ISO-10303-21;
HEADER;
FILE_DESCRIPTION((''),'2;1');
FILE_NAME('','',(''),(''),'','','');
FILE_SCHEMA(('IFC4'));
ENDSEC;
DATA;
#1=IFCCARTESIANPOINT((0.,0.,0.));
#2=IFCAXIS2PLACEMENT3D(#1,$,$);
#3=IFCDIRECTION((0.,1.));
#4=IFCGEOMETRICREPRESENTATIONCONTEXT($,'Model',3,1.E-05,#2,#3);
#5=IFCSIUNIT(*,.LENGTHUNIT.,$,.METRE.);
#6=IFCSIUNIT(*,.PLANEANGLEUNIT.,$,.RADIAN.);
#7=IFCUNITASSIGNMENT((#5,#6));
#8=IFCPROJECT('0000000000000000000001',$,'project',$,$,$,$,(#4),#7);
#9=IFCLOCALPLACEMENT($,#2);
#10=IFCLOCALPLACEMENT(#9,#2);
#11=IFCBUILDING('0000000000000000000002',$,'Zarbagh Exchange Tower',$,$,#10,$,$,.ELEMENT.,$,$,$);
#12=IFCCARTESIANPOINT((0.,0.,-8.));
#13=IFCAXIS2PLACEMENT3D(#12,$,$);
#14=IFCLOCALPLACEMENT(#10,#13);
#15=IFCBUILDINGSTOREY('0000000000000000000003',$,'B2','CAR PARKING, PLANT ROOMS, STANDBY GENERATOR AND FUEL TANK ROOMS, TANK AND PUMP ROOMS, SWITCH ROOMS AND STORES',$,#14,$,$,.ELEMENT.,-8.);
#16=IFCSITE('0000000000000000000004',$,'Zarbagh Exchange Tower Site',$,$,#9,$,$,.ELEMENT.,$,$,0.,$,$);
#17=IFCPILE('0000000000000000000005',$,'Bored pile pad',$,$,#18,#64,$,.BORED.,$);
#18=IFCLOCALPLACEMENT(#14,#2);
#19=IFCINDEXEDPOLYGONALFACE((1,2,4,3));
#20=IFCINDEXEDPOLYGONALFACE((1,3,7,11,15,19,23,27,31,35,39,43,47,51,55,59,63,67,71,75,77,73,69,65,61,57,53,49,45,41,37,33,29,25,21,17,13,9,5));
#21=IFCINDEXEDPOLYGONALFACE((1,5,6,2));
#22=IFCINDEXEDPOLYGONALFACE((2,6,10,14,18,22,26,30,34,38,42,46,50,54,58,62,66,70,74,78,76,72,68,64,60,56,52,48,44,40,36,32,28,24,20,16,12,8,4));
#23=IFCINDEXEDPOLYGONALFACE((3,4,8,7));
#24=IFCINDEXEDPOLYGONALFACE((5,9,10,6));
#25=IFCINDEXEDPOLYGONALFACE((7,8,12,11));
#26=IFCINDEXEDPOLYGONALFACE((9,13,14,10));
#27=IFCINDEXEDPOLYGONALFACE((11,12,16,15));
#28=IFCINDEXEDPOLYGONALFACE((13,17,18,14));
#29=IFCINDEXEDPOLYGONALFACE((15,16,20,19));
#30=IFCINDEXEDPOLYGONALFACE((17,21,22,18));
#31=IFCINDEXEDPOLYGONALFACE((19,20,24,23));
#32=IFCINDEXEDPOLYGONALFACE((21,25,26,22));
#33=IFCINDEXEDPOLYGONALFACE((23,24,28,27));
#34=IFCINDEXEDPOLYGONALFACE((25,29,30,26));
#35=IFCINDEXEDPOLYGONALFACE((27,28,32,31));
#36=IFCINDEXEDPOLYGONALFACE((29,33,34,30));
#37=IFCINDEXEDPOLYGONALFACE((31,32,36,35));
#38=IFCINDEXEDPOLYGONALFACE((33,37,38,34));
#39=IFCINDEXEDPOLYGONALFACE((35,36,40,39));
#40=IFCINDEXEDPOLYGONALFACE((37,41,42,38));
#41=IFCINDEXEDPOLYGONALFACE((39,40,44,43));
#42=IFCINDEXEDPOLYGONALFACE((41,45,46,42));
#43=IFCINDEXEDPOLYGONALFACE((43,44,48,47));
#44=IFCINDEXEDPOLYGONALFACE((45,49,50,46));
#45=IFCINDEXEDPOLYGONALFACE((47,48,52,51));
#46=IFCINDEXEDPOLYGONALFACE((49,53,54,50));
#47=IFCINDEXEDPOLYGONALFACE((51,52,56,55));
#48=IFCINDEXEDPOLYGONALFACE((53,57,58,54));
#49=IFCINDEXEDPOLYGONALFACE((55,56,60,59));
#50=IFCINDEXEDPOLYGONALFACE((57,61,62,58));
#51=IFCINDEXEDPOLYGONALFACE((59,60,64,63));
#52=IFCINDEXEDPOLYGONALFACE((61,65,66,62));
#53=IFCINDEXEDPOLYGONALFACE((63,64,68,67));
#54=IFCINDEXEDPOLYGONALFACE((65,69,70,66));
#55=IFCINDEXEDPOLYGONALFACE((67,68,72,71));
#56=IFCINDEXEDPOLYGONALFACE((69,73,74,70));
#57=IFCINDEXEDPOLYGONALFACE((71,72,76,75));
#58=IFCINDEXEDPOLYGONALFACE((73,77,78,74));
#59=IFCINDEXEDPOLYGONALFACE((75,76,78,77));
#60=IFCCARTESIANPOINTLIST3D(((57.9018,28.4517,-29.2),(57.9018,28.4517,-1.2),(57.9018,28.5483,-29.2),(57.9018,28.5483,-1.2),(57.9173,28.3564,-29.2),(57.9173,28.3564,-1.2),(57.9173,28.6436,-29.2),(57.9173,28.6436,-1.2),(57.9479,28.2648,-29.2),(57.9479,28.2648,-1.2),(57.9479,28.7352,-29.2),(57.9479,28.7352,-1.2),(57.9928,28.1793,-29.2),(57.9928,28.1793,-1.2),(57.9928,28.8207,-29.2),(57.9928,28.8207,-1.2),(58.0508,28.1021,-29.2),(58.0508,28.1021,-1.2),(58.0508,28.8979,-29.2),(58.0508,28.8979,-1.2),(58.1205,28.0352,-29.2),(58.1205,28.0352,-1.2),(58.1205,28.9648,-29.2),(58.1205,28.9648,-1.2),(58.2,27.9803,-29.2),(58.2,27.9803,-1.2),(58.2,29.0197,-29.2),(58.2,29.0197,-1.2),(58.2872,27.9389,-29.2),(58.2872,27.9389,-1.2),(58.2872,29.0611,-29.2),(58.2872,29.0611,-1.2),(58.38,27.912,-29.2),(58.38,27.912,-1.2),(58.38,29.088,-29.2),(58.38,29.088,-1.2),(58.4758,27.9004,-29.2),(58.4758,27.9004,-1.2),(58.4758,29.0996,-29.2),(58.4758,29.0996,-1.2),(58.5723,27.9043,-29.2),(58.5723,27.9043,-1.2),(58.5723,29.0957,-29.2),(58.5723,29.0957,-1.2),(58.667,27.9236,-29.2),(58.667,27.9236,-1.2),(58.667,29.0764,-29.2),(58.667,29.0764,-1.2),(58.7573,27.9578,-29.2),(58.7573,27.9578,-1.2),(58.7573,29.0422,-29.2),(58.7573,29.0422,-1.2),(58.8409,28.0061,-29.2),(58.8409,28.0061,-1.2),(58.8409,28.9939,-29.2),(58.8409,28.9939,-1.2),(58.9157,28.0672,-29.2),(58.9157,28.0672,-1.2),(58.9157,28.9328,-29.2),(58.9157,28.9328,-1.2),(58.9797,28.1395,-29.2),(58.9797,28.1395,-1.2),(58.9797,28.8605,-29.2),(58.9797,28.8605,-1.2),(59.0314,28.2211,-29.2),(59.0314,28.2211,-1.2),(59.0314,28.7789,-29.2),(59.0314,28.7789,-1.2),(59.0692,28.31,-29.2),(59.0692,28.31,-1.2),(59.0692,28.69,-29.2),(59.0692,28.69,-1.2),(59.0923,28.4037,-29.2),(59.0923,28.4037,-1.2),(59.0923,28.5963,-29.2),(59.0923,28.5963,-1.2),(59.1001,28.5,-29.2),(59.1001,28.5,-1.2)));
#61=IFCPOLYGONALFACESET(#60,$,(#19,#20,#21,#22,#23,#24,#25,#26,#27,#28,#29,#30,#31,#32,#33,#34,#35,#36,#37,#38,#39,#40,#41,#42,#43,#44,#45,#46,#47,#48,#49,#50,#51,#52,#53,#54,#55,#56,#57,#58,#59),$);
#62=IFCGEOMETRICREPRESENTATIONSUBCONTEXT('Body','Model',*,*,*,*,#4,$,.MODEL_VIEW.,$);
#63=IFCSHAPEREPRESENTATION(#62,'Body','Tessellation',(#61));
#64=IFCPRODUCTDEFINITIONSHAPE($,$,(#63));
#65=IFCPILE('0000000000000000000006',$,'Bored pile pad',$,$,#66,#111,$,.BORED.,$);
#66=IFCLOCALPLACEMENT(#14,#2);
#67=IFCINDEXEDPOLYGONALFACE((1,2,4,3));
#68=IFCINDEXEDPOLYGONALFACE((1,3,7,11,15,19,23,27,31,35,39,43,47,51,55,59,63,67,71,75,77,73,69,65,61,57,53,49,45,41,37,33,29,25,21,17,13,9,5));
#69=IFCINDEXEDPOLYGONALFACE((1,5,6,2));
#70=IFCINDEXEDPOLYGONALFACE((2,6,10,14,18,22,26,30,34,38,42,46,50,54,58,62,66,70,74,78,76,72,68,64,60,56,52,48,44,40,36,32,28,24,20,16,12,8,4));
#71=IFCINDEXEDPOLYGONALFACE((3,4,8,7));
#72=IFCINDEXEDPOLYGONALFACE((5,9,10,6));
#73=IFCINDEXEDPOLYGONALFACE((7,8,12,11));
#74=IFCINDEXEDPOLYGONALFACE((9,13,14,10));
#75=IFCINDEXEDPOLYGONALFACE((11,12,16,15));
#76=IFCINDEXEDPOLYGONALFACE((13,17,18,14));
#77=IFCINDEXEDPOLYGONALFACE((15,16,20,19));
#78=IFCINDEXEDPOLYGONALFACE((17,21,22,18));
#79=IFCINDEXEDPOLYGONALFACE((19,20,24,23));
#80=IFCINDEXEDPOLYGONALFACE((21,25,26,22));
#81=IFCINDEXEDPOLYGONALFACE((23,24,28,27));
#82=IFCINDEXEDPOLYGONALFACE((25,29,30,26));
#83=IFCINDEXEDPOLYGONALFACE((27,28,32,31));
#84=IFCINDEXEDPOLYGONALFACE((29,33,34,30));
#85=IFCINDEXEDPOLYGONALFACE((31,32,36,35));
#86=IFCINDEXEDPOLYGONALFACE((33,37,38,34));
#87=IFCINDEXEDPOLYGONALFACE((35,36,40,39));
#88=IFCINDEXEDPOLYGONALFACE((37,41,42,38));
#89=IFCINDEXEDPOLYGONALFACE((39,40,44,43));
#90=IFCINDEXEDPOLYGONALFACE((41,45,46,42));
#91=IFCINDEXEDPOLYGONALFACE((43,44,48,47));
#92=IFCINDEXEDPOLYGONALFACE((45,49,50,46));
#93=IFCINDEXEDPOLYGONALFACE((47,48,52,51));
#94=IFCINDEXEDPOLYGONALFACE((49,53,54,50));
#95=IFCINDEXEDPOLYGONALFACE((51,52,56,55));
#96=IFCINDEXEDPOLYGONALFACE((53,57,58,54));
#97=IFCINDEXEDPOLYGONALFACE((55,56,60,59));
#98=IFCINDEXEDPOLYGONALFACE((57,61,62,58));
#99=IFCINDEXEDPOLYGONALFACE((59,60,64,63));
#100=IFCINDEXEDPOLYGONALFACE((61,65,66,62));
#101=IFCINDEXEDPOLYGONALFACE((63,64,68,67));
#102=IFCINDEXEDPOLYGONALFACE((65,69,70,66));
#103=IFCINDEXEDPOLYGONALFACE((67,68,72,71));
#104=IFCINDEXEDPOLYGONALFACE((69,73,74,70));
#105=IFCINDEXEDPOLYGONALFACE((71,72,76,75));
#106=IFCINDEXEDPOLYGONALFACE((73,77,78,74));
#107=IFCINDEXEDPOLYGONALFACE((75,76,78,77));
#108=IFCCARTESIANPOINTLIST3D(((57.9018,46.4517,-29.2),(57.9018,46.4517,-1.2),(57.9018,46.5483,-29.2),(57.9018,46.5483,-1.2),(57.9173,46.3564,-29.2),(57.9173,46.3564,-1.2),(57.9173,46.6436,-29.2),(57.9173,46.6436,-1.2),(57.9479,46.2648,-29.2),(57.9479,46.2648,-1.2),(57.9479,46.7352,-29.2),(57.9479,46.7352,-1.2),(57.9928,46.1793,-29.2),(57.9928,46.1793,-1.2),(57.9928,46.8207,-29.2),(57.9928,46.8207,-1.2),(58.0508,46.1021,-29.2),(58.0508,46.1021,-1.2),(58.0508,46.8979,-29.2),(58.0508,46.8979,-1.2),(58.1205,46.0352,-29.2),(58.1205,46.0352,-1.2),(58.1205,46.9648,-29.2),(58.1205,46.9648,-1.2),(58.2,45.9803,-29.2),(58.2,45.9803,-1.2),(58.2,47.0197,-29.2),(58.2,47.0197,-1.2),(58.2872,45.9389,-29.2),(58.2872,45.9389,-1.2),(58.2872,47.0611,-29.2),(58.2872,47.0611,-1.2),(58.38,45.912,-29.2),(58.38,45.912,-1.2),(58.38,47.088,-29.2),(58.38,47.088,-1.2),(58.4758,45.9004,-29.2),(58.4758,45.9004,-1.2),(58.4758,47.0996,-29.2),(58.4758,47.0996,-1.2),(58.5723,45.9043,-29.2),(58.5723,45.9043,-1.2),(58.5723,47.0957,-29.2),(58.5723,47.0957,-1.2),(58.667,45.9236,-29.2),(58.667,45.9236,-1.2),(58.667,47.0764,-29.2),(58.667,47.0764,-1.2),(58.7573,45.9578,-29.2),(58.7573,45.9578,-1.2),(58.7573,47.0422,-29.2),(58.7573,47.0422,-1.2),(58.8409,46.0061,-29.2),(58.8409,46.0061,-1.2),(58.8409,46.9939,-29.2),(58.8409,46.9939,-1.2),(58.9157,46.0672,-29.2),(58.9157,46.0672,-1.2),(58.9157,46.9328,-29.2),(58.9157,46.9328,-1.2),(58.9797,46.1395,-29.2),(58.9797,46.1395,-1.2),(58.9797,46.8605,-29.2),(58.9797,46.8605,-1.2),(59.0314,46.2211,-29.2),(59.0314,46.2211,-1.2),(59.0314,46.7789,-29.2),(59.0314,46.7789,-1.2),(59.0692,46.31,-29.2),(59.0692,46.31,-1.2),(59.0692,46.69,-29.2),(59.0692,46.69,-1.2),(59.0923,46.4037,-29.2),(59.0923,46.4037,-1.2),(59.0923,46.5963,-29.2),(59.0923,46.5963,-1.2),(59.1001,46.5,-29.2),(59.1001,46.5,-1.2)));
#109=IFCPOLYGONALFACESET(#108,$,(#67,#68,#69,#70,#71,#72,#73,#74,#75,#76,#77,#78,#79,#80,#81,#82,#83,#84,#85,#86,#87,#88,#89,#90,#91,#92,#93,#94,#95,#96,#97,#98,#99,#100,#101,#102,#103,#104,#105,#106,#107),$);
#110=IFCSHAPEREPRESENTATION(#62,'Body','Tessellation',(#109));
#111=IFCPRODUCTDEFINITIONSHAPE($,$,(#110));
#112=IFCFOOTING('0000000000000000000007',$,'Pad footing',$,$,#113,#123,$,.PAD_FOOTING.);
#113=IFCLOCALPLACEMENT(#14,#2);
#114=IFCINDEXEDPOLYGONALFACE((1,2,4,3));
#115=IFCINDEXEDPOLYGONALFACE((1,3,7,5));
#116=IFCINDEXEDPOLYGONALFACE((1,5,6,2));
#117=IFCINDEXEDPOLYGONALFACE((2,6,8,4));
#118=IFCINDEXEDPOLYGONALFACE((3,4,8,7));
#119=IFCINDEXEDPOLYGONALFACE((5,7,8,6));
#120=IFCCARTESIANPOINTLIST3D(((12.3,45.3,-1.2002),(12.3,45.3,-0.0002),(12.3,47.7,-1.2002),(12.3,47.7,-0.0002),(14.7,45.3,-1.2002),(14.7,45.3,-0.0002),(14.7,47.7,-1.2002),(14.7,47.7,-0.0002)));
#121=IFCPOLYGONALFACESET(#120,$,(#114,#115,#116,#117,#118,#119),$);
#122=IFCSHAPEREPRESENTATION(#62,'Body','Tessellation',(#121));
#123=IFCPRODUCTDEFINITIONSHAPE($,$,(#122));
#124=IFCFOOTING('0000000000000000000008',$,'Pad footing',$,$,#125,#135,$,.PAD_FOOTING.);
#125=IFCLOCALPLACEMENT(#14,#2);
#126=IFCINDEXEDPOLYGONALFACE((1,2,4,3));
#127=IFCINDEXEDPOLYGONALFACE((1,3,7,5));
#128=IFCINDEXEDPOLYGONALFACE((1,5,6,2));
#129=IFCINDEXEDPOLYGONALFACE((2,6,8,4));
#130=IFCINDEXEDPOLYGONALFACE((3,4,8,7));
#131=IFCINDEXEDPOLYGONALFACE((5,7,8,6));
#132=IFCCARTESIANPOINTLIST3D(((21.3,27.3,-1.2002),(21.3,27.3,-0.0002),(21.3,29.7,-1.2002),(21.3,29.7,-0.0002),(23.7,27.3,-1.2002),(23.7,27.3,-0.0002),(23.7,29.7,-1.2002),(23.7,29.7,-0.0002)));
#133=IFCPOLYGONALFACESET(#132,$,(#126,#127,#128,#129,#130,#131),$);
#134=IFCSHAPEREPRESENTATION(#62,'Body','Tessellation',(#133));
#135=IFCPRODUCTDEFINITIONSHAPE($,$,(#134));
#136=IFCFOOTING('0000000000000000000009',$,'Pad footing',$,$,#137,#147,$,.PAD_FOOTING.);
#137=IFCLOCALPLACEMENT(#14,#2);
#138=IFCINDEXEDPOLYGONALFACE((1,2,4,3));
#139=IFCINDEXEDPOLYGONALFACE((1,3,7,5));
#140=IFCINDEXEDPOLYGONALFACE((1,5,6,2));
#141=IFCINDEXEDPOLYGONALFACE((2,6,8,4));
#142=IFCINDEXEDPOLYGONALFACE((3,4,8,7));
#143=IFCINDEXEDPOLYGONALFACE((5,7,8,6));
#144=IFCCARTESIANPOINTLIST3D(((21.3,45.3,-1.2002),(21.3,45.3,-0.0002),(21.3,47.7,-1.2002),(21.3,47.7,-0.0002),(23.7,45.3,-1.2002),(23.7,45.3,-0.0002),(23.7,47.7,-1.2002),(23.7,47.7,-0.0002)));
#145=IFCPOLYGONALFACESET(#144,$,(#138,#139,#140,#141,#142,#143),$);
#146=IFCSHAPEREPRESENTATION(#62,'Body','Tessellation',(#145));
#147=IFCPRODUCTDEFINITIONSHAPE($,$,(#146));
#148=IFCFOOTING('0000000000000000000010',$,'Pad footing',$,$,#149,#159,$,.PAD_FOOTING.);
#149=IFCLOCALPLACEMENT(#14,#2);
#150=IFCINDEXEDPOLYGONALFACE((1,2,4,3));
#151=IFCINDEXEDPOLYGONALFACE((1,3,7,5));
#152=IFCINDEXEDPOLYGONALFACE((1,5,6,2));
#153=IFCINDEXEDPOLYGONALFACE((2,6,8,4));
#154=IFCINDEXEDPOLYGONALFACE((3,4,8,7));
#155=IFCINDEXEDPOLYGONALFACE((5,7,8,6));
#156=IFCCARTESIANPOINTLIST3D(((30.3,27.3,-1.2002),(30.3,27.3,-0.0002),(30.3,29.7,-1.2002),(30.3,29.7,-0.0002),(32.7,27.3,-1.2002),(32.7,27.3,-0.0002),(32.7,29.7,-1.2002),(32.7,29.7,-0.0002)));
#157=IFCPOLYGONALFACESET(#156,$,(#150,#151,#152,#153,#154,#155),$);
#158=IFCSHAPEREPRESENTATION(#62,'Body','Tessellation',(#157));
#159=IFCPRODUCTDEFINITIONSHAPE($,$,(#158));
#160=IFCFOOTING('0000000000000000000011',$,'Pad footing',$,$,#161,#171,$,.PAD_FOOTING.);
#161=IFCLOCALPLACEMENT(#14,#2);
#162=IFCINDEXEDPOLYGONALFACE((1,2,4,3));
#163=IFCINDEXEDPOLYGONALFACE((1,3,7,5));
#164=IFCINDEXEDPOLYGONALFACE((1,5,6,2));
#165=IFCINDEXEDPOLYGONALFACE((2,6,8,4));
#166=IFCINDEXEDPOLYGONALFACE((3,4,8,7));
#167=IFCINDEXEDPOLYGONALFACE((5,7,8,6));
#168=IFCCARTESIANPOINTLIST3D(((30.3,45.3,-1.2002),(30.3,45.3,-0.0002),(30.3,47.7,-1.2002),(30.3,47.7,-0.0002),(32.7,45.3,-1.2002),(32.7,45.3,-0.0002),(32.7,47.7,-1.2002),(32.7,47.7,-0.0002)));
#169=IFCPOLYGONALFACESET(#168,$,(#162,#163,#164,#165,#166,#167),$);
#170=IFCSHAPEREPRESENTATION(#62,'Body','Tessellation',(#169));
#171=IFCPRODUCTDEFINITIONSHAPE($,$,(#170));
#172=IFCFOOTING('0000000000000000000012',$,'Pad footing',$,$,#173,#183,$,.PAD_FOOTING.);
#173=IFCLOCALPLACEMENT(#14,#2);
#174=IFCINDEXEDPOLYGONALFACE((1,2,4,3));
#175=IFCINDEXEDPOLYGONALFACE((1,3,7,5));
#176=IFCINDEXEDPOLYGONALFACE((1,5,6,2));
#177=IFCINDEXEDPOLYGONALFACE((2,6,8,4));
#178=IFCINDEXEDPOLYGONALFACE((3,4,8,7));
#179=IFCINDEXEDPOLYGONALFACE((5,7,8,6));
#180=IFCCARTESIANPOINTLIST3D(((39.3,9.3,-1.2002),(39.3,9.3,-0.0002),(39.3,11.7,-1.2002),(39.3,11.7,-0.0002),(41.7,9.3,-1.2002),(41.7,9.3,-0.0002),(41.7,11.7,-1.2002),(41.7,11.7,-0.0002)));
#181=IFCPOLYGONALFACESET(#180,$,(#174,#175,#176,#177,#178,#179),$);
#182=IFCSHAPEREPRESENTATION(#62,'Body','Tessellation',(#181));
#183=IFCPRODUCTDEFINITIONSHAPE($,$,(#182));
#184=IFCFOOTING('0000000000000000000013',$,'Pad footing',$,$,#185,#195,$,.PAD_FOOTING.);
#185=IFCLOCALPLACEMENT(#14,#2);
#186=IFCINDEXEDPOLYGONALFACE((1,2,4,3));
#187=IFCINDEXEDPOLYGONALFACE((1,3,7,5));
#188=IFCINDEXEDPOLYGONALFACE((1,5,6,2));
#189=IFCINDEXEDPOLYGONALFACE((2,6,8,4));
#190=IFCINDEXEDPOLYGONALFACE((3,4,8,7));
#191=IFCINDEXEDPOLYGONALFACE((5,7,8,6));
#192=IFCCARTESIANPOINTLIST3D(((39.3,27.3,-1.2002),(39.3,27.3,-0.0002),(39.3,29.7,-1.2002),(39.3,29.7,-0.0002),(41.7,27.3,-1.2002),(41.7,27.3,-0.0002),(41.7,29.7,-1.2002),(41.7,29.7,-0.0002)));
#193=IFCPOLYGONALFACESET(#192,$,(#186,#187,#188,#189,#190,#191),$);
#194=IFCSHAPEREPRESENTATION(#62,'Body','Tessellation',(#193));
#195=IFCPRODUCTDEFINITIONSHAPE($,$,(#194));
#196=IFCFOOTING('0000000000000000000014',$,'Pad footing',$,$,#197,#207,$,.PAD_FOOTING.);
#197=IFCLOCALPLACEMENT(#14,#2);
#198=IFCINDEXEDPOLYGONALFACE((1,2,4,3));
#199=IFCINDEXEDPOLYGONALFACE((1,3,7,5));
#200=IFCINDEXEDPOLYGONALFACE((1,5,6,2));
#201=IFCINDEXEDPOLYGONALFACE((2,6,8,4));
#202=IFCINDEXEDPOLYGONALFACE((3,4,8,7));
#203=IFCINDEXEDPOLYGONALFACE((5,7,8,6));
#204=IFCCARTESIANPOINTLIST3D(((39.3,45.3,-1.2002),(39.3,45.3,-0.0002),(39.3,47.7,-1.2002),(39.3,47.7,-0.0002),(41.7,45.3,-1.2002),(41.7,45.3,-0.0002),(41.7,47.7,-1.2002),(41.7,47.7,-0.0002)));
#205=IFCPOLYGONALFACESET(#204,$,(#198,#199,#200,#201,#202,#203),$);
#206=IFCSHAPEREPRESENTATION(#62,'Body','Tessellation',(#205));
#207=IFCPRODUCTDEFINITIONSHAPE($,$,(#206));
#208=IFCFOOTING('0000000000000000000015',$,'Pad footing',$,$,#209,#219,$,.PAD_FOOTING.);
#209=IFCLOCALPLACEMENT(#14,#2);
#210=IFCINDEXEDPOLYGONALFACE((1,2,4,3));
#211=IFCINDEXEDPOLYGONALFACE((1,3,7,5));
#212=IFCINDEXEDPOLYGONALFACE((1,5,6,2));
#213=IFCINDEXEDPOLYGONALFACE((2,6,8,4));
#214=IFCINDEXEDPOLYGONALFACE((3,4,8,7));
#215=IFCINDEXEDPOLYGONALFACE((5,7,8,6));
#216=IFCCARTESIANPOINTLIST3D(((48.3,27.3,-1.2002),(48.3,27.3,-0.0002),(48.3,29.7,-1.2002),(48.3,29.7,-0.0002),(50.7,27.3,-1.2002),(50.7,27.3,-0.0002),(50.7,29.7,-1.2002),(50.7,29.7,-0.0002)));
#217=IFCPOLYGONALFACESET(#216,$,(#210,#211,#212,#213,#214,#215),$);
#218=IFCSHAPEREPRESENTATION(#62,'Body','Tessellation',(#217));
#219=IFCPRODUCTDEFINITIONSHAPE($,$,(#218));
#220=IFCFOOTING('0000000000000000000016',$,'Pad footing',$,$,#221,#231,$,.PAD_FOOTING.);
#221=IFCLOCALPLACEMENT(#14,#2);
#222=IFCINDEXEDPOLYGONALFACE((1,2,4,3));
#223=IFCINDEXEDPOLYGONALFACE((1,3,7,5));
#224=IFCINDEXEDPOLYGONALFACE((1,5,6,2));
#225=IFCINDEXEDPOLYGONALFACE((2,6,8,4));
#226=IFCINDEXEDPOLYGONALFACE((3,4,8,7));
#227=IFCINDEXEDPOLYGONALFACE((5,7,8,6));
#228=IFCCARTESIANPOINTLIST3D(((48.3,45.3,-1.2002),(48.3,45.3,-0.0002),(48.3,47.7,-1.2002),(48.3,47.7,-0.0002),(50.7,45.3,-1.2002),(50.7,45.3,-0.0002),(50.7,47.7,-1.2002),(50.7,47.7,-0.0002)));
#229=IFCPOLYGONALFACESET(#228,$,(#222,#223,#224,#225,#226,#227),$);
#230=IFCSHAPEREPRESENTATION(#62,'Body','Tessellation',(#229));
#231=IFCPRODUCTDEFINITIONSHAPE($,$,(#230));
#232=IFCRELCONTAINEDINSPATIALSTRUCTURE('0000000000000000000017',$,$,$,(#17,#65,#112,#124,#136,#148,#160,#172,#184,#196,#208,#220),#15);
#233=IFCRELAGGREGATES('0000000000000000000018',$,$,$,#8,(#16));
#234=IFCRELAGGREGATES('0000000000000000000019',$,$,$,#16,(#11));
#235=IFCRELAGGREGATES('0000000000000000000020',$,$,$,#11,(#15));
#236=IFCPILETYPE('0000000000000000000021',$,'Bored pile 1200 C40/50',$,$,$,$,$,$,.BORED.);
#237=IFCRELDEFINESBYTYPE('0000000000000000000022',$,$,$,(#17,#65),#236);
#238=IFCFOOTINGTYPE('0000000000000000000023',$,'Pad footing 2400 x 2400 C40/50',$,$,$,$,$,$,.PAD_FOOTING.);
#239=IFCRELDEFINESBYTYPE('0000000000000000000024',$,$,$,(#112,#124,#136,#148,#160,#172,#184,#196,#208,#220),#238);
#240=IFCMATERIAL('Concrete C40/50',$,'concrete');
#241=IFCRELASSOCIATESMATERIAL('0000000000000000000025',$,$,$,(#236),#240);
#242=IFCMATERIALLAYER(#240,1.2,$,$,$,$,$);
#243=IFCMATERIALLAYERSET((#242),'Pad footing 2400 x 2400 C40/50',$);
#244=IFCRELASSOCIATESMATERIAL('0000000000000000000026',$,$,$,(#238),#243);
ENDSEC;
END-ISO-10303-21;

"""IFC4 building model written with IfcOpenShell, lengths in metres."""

from ifc_helpers import new_model, si_unit, direction, frame, origin, origin_2d, place, context, subcontext, project, spatial, rectangle, circle, extrude, material, layer, layer_set, material_profile, profile_set, type_object, element, save


model = new_model("IFC4")

# Units and contexts
model_context = context("Model", 3, precision=1e-05, world=origin(), true_north=direction((0.0, 1.0)))
body_context = subcontext(model_context, "Body", "Model", "MODEL_VIEW")
ifc_project = project(units=[si_unit("LENGTHUNIT", "METRE"), si_unit("PLANEANGLEUNIT", "RADIAN")], contexts=[model_context])

# Site, building, storey
site_placement = place(None, origin())
site = spatial("IfcSite", under=ifc_project, at=site_placement, Name="Zarbagh Exchange Tower Site", CompositionType="ELEMENT", RefElevation=0.0)
building_placement = place(site_placement, origin())
building = spatial("IfcBuilding", under=site, at=building_placement, Name="Zarbagh Exchange Tower", CompositionType="ELEMENT")
storey_placement = place(building_placement, frame((0.0, 0.0, -8.0)))
storey = spatial("IfcBuildingStorey", under=building, at=storey_placement, Name="B2", Description="CAR PARKING, PLANT ROOMS, STANDBY GENERATOR AND FUEL TANK ROOMS, TANK AND PUMP ROOMS, SWITCH ROOMS AND STORES", CompositionType="ELEMENT", Elevation=-8.0)

# Piles
ifc_material_1 = material(Name="Concrete C40/50", Category="concrete")
ifc_material_profile_1 = material_profile(ifc_material_1, circle(Radius=0.6001, at=origin_2d()), Name="Bored pile 1200 C40/50")
ifc_profile_set_1 = profile_set([ifc_material_profile_1], Name="Concrete C40/50")
pile_type = type_object("IfcPileType", Name="Bored pile 1200 C40/50", PredefinedType="BORED", material=ifc_profile_set_1)
for number, where, z_axis, x_axis, name in (
    (1, (58.5, 28.5, -1.2), (0.0, 0.0, -1.0), (1.0, 0.0, 0.0), "Bored pile pad"),
    (2, (58.5, 46.5, -1.2), (0.0, 0.0, -1.0), (1.0, 0.0, 0.0), "Bored pile pad"),
):
    element("IfcPile", number, at=place(storey_placement, frame(where, z_axis=z_axis, x_axis=x_axis)), inside=storey, type_object=pile_type, Name=name, PredefinedType="BORED", context=body_context, shape_type="SweptSolid", body=[
        extrude(circle(Radius=0.6001, at=origin_2d()), origin(), (0.0, 0.0, 1.0), 28.0),
    ])

# Footings
ifc_layer = layer(ifc_material_1, 1.2)
ifc_layer_set = layer_set([ifc_layer], Name="Pad footing 2400 x 2400 C40/50")
footing_type = type_object("IfcFootingType", Name="Pad footing 2400 x 2400 C40/50", PredefinedType="PAD_FOOTING", material=ifc_layer_set)
for number, where, z_axis, x_axis, name in (
    (3, (13.5, 46.5, -1.2002), (0.0, 0.0, 1.0), (1.0, 0.0, 0.0), "Pad footing"),
    (4, (22.5, 28.5, -1.2002), (0.0, 0.0, 1.0), (1.0, 0.0, 0.0), "Pad footing"),
    (5, (22.5, 46.5, -1.2002), (0.0, 0.0, 1.0), (1.0, 0.0, 0.0), "Pad footing"),
    (6, (31.5, 28.5, -1.2002), (0.0, 0.0, 1.0), (1.0, 0.0, 0.0), "Pad footing"),
    (7, (31.5, 46.5, -1.2002), (0.0, 0.0, 1.0), (1.0, 0.0, 0.0), "Pad footing"),
    (8, (40.5, 10.5, -1.2002), (0.0, 0.0, 1.0), (1.0, 0.0, 0.0), "Pad footing"),
    (9, (40.5, 28.5, -1.2002), (0.0, 0.0, 1.0), (1.0, 0.0, 0.0), "Pad footing"),
    (10, (40.5, 46.5, -1.2002), (0.0, 0.0, 1.0), (1.0, 0.0, 0.0), "Pad footing"),
    (11, (49.5, 28.5, -1.2002), (0.0, 0.0, 1.0), (1.0, 0.0, 0.0), "Pad footing"),
    (12, (49.5, 46.5, -1.2002), (0.0, 0.0, 1.0), (1.0, 0.0, 0.0), "Pad footing"),
):
    element("IfcFooting", number, at=place(storey_placement, frame(where, z_axis=z_axis, x_axis=x_axis)), inside=storey, type_object=footing_type, Name=name, PredefinedType="PAD_FOOTING", context=body_context, shape_type="SweptSolid", body=[
        extrude(rectangle(XDim=2.3999, YDim=2.3999, at=origin_2d()), origin(), (0.0, 0.0, 1.0), 1.2),
    ])

save(model, "model.ifc")
